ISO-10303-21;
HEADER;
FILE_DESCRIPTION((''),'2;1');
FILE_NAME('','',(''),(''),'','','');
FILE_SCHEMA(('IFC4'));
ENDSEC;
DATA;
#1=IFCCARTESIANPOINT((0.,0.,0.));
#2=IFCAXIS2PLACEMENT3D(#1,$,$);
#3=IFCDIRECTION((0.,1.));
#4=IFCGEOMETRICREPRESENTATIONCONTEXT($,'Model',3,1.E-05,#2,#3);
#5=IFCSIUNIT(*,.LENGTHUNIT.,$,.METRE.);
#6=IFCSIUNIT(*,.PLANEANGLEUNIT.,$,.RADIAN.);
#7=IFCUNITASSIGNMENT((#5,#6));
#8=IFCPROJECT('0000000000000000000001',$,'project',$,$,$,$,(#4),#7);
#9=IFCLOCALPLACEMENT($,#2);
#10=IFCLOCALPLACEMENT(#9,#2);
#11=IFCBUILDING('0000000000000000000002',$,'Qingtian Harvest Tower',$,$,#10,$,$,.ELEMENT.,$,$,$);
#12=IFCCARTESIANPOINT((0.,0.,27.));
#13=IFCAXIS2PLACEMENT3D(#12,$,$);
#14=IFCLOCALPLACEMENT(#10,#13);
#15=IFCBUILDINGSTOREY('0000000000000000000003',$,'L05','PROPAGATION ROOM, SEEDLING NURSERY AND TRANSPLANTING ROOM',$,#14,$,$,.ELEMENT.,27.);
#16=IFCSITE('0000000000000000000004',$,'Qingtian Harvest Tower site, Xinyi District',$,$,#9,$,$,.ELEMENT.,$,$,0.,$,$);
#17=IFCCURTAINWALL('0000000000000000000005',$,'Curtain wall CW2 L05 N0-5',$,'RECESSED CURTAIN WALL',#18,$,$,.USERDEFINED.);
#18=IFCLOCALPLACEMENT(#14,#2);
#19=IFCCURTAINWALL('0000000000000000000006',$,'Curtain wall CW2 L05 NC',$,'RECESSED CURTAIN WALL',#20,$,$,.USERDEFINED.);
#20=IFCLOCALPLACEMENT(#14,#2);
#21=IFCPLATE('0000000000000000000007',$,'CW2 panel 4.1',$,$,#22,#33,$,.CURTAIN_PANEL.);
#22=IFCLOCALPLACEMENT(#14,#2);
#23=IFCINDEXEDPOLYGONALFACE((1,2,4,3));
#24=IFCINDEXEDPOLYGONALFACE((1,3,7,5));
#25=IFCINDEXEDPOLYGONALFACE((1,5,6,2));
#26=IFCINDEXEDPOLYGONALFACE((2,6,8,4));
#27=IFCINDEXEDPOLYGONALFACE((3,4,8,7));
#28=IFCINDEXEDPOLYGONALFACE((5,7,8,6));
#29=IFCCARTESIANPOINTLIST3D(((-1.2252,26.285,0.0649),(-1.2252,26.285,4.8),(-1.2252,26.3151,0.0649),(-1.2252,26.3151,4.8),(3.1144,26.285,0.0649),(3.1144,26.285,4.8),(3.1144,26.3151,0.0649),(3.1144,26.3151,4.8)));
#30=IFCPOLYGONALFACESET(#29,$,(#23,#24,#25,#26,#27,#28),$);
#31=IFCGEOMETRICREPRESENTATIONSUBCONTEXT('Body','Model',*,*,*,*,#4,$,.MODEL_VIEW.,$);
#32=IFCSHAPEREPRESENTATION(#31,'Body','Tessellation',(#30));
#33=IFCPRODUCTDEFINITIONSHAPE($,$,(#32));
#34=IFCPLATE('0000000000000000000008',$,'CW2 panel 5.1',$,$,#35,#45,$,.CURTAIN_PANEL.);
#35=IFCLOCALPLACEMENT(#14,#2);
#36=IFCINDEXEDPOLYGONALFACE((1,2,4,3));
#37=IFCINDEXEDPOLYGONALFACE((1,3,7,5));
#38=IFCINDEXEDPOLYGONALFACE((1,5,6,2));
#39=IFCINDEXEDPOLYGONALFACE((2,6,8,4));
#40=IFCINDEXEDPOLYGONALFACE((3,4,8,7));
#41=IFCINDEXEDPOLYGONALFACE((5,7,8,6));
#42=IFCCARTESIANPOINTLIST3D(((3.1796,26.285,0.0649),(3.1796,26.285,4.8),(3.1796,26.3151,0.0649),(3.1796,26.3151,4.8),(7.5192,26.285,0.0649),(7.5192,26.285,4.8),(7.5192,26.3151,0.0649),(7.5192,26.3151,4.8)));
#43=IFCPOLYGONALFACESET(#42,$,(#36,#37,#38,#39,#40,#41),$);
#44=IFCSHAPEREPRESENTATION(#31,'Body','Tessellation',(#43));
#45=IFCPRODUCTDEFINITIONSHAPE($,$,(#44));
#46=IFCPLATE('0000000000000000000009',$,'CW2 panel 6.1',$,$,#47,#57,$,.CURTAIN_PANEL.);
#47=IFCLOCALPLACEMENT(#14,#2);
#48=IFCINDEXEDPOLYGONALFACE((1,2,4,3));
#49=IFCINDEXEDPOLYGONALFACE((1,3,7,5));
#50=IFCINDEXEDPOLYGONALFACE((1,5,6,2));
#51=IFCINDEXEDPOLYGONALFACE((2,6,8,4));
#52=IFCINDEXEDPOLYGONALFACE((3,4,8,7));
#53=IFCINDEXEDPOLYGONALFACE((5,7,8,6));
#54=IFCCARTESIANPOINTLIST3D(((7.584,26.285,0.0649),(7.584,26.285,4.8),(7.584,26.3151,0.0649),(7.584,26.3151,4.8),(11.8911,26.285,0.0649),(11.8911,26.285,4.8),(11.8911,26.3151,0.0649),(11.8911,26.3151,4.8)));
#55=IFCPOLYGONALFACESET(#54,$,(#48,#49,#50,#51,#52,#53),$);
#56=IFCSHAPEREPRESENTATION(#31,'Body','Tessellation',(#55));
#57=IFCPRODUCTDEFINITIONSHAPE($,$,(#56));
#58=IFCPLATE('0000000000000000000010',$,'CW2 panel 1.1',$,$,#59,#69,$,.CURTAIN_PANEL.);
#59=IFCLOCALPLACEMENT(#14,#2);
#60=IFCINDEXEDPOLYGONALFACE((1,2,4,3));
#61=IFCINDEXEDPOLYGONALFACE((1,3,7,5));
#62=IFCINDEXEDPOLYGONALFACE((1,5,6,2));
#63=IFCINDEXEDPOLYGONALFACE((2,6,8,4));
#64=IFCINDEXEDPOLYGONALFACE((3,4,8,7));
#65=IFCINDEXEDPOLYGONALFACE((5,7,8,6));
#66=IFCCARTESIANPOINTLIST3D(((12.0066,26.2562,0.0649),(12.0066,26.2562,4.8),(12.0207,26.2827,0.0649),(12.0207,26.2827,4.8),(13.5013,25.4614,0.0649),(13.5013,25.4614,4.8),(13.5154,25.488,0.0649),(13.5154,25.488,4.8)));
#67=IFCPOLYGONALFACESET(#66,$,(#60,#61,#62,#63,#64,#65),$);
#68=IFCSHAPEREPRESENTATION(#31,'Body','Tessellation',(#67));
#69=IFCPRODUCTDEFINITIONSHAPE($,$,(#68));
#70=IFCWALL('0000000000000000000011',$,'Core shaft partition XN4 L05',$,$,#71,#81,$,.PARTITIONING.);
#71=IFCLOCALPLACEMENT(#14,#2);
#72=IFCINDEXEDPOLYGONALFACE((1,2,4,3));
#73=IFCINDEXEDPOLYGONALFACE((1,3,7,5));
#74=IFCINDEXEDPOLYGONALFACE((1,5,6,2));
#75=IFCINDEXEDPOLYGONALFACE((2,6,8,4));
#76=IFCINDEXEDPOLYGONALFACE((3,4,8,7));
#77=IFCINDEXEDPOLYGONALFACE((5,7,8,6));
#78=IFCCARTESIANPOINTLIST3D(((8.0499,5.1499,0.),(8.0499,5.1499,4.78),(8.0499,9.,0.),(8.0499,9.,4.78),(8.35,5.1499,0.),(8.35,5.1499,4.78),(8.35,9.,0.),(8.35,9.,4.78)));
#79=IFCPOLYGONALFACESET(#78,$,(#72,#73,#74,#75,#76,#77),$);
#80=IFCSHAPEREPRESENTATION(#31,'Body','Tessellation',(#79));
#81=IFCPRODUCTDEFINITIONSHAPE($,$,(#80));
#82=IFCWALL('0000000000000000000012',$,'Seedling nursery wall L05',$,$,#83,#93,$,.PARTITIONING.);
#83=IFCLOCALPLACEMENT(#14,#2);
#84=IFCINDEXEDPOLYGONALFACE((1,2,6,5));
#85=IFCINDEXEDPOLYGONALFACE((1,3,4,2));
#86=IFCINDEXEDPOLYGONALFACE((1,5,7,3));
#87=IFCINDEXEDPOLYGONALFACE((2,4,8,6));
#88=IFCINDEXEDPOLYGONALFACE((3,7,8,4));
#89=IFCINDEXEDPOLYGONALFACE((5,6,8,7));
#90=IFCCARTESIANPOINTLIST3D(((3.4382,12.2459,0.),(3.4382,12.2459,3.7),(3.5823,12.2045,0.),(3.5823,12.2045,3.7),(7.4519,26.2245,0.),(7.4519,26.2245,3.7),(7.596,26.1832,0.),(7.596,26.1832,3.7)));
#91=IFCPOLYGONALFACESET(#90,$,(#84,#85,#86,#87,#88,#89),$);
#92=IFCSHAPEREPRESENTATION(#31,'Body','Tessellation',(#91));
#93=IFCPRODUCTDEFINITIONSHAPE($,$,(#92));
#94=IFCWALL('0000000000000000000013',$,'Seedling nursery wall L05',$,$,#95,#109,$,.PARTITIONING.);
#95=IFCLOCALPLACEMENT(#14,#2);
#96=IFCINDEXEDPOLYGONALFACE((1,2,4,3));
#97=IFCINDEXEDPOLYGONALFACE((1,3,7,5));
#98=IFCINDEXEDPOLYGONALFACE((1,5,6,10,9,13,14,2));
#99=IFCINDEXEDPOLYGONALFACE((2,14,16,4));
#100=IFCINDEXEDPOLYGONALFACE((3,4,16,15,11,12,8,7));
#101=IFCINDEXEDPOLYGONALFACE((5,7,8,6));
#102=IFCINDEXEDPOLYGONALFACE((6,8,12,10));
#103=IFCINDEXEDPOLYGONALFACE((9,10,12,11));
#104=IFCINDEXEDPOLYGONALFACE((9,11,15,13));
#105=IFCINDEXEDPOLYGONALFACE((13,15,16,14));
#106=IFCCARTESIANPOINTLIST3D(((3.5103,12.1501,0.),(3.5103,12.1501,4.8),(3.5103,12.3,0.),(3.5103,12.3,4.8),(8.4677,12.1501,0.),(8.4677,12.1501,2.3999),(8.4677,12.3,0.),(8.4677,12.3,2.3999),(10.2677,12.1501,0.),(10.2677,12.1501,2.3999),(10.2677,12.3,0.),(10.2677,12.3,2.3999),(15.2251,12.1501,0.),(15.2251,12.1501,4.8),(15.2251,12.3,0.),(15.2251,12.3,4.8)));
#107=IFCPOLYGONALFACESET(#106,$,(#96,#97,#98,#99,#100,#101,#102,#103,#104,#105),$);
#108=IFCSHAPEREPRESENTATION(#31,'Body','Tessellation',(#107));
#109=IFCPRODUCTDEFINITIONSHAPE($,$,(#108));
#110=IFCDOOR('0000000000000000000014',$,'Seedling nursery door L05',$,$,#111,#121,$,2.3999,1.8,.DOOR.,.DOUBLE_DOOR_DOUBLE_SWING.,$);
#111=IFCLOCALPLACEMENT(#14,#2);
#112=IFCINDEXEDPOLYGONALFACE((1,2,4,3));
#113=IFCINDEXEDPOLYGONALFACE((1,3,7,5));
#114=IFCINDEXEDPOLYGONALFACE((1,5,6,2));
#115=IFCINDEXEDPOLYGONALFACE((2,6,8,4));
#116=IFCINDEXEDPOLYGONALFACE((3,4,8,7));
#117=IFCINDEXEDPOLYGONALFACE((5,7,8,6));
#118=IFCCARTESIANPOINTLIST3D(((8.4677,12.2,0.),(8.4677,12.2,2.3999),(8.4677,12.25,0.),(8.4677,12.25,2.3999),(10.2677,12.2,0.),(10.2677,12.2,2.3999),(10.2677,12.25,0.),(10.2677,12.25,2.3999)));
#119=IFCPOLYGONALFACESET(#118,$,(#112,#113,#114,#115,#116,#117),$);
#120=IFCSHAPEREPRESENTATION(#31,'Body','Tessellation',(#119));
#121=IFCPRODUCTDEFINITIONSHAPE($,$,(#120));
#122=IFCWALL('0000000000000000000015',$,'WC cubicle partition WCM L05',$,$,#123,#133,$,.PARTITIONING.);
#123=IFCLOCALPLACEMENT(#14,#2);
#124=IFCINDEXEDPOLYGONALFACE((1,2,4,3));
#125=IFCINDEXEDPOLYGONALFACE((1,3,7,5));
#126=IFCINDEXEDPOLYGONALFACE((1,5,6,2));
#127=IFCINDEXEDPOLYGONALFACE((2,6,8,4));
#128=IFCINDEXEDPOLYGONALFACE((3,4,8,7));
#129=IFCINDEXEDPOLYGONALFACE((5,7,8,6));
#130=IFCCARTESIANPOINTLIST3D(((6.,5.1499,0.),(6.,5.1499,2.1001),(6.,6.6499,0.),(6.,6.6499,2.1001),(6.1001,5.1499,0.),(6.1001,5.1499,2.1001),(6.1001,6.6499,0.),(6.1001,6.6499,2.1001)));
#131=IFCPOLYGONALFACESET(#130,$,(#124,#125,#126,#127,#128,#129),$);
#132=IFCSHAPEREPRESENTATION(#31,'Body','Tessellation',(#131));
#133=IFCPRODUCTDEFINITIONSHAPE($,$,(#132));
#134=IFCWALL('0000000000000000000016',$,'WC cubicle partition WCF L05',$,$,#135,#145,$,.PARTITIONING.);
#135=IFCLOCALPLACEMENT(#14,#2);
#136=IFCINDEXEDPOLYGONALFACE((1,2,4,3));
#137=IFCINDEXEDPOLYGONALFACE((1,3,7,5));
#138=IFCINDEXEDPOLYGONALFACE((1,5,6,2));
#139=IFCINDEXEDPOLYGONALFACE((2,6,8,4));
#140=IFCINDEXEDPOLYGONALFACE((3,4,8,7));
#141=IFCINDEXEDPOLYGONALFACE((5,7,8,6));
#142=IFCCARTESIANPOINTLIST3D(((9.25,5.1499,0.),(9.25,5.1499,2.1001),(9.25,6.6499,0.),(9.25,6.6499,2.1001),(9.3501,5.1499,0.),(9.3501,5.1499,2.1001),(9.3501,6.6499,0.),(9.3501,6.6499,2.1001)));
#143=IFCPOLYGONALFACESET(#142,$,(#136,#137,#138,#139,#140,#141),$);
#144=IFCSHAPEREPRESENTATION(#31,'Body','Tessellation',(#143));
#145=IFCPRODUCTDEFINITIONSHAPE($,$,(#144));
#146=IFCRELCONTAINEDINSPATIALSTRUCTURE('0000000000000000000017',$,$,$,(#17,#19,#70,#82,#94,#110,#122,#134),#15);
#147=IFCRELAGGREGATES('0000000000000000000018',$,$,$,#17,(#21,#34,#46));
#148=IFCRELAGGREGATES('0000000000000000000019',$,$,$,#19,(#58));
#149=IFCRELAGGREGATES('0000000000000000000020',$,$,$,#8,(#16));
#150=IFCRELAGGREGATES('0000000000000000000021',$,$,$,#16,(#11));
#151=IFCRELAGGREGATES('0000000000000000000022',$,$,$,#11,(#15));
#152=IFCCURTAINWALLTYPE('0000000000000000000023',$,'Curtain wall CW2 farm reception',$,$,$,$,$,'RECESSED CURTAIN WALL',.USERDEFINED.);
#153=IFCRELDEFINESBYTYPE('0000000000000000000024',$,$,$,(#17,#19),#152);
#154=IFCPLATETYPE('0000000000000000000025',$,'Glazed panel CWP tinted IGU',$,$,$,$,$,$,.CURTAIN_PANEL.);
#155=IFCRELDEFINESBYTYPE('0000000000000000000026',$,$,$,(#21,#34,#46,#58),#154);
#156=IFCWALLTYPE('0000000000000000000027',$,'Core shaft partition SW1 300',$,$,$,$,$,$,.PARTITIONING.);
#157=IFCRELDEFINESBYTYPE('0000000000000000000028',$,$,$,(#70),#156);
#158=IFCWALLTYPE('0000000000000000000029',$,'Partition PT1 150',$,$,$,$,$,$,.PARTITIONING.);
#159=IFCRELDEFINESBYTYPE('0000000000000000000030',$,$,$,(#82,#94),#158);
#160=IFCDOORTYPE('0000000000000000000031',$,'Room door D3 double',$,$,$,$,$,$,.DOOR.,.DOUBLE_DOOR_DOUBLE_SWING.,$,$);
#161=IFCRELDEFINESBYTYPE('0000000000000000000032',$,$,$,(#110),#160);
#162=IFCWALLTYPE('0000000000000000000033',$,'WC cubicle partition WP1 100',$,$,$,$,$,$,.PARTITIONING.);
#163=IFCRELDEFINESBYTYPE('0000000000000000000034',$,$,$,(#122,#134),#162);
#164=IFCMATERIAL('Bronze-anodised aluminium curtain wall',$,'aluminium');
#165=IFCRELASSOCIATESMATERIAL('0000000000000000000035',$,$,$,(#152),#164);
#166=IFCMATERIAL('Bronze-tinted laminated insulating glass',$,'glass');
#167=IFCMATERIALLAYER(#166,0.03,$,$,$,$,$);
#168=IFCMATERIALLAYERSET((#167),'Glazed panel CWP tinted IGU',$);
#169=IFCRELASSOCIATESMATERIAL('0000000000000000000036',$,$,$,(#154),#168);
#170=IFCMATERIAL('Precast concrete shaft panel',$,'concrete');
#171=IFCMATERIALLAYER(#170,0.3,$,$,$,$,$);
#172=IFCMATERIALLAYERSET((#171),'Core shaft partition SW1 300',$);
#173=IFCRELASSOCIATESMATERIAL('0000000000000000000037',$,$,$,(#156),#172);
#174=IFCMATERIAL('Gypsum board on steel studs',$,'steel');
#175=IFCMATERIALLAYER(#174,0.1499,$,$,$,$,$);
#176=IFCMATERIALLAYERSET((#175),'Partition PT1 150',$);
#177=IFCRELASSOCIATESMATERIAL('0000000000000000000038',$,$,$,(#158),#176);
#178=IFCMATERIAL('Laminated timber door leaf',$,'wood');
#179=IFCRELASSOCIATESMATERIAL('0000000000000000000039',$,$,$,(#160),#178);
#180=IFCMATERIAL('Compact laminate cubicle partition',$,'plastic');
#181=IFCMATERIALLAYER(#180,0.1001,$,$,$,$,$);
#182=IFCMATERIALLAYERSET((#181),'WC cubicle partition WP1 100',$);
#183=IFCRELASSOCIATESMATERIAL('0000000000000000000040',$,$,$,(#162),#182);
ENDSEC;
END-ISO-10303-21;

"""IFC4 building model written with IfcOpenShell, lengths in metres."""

from ifc_helpers import new_model, si_unit, direction, frame, frame_2d, origin, origin_2d, place, context, subcontext, project, spatial, rectangle, extrude, material, layer, layer_set, type_object, element, fill, aggregate, save


model = new_model("IFC4")

# Units and contexts
model_context = context("Model", 3, precision=1e-05, world=origin(), true_north=direction((0.0, 1.0)))
body_context = subcontext(model_context, "Body", "Model", "MODEL_VIEW")
ifc_project = project(units=[si_unit("LENGTHUNIT", "METRE"), si_unit("PLANEANGLEUNIT", "RADIAN")], contexts=[model_context])

# Site, building, storey
site_placement = place(None, origin())
site = spatial("IfcSite", under=ifc_project, at=site_placement, Name="Qingtian Harvest Tower site, Xinyi District", CompositionType="ELEMENT", RefElevation=0.0)
building_placement = place(site_placement, origin())
building = spatial("IfcBuilding", under=site, at=building_placement, Name="Qingtian Harvest Tower", CompositionType="ELEMENT")
storey_placement = place(building_placement, frame((0.0, 0.0, 27.0)))
storey = spatial("IfcBuildingStorey", under=building, at=storey_placement, Name="L05", Description="PROPAGATION ROOM, SEEDLING NURSERY AND TRANSPLANTING ROOM", CompositionType="ELEMENT", Elevation=27.0)

# Curtain walls
ifc_material_1 = material(Name="Bronze-anodised aluminium curtain wall", Category="aluminium")
curtain_wall_type = type_object("IfcCurtainWallType", Name="Curtain wall CW2 farm reception", ElementType="RECESSED CURTAIN WALL", PredefinedType="USERDEFINED", material=ifc_material_1)
curtain_wall_1_placement = place(storey_placement, origin())
curtain_wall_1 = element("IfcCurtainWall", 1, at=curtain_wall_1_placement, inside=storey, type_object=curtain_wall_type, Name="Curtain wall CW2 L05 N0-5", ObjectType="RECESSED CURTAIN WALL", PredefinedType="USERDEFINED")
curtain_wall_2_placement = place(storey_placement, origin())
curtain_wall_2 = element("IfcCurtainWall", 2, at=curtain_wall_2_placement, inside=storey, type_object=curtain_wall_type, Name="Curtain wall CW2 L05 NC", ObjectType="RECESSED CURTAIN WALL", PredefinedType="USERDEFINED")

# Plates
ifc_material_2 = material(Name="Bronze-tinted laminated insulating glass", Category="glass")
ifc_layer_1 = layer(ifc_material_2, 0.03)
ifc_layer_set_1 = layer_set([ifc_layer_1], Name="Glazed panel CWP tinted IGU")
plate_type = type_object("IfcPlateType", Name="Glazed panel CWP tinted IGU", PredefinedType="CURTAIN_PANEL", material=ifc_layer_set_1)
plate_1_placement = place(storey_placement, frame((0.9446, 26.3, 0.0649), z_axis=(0.0, 0.0, 1.0), x_axis=(1.0, 0.0, 0.0)))
plate_1 = element("IfcPlate", 3, at=plate_1_placement, type_object=plate_type, Name="CW2 panel 4.1", PredefinedType="CURTAIN_PANEL", context=body_context, shape_type="SweptSolid", body=[
    extrude(rectangle(XDim=4.3396, YDim=0.03, at=origin_2d()), origin(), (0.0, 0.0, 1.0), 4.7351),
])
plate_2_placement = place(storey_placement, frame((5.3494, 26.3, 0.0649), z_axis=(0.0, 0.0, 1.0), x_axis=(1.0, 0.0, 0.0)))
plate_2 = element("IfcPlate", 4, at=plate_2_placement, type_object=plate_type, Name="CW2 panel 5.1", PredefinedType="CURTAIN_PANEL", context=body_context, shape_type="SweptSolid", body=[
    extrude(rectangle(XDim=4.3396, YDim=0.03, at=origin_2d()), origin(), (0.0, 0.0, 1.0), 4.7351),
])
plate_3_placement = place(storey_placement, frame((9.7375, 26.3, 0.0649), z_axis=(0.0, 0.0, 1.0), x_axis=(1.0, 0.0, 0.0)))
plate_3 = element("IfcPlate", 5, at=plate_3_placement, type_object=plate_type, Name="CW2 panel 6.1", PredefinedType="CURTAIN_PANEL", context=body_context, shape_type="SweptSolid", body=[
    extrude(rectangle(XDim=4.3071, YDim=0.03, at=origin_2d()), origin(), (0.0, 0.0, 1.0), 4.7351),
])
aggregate(curtain_wall_1, [plate_1, plate_2, plate_3])
plate_4_placement = place(storey_placement, frame((12.761, 25.8721, 0.0649), z_axis=(0.0, 0.0, 1.0), x_axis=(0.882948, -0.469472, 0.0)))
plate_4 = element("IfcPlate", 6, at=plate_4_placement, type_object=plate_type, Name="CW2 panel 1.1", PredefinedType="CURTAIN_PANEL", context=body_context, shape_type="SweptSolid", body=[
    extrude(rectangle(XDim=1.6929, YDim=0.03, at=origin_2d()), origin(), (0.0, 0.0, 1.0), 4.7351),
])
aggregate(curtain_wall_2, [plate_4])

# Walls
ifc_material_3 = material(Name="Precast concrete shaft panel", Category="concrete")
ifc_layer_2 = layer(ifc_material_3, 0.3)
ifc_layer_set_2 = layer_set([ifc_layer_2], Name="Core shaft partition SW1 300")
wall_type_1 = type_object("IfcWallType", Name="Core shaft partition SW1 300", PredefinedType="PARTITIONING", material=ifc_layer_set_2)
wall_1_placement = place(storey_placement, frame((8.2, 5.1499, 0.0), z_axis=(0.0, 0.0, 1.0), x_axis=(0.0, 1.0, 0.0)))
element("IfcWall", 7, at=wall_1_placement, inside=storey, type_object=wall_type_1, Name="Core shaft partition XN4 L05", PredefinedType="PARTITIONING", context=body_context, shape_type="SweptSolid", body=[
    extrude(rectangle(XDim=3.8501, YDim=0.3, at=frame_2d((1.925, 0.0))), origin(), (0.0, 0.0, 1.0), 4.78),
])
ifc_material_4 = material(Name="Gypsum board on steel studs", Category="steel")
ifc_layer_3 = layer(ifc_material_4, 0.1499)
ifc_layer_set_3 = layer_set([ifc_layer_3], Name="Partition PT1 150")
wall_type_2 = type_object("IfcWallType", Name="Partition PT1 150", PredefinedType="PARTITIONING", material=ifc_layer_set_3)
wall_2_placement = place(storey_placement, frame((7.5239, 26.2039, 0.0), z_axis=(0.0, 0.0, 1.0), x_axis=(-0.275976, -0.961165, 0.0)))
element("IfcWall", 8, at=wall_2_placement, inside=storey, type_object=wall_type_2, Name="Seedling nursery wall L05", PredefinedType="PARTITIONING", context=body_context, shape_type="SweptSolid", body=[
    extrude(rectangle(XDim=14.5435, YDim=0.1499, at=frame_2d((7.2717, 0.0))), origin(), (0.0, 0.0, 1.0), 3.7),
])

# Wall, opening, door
wall_3_placement = place(storey_placement, frame((3.5103, 12.2251, 0.0), z_axis=(0.0, 0.0, 1.0), x_axis=(1.0, 0.0, 0.0)))
wall_3 = element("IfcWall", 9, at=wall_3_placement, inside=storey, type_object=wall_type_2, Name="Seedling nursery wall L05", PredefinedType="PARTITIONING", context=body_context, shape_type="SweptSolid", body=[
    extrude(rectangle(XDim=11.7148, YDim=0.1499, at=frame_2d((5.8574, 0.0))), origin(), (0.0, 0.0, 1.0), 4.8),
])
opening_placement = place(wall_3_placement, frame((4.9575, 0.0, 0.0)))
opening = element("IfcOpeningElement", 10, at=opening_placement, cuts=wall_3, PredefinedType="OPENING", context=body_context, shape_type="SweptSolid", body=[
    extrude(rectangle(XDim=1.8, YDim=2.3999, at=frame_2d((0.8999, 1.2))), frame((0.0, 0.085, 0.0), z_axis=(0.0, -1.0, 0.0), x_axis=(1.0, 0.0, 0.0)), (0.0, 0.0, 1.0), 0.1699),
])
ifc_material_5 = material(Name="Laminated timber door leaf", Category="wood")
door_type = type_object("IfcDoorType", Name="Room door D3 double", OperationType="DOUBLE_DOOR_DOUBLE_SWING", PredefinedType="DOOR", material=ifc_material_5)
door_placement = place(opening_placement, origin())
door = element("IfcDoor", 11, at=door_placement, inside=storey, type_object=door_type, Name="Seedling nursery door L05", OperationType="DOUBLE_DOOR_DOUBLE_SWING", OverallHeight=2.3999, OverallWidth=1.8, PredefinedType="DOOR", context=body_context, shape_type="SweptSolid", body=[
    extrude(rectangle(XDim=1.8, YDim=2.3999, at=frame_2d((0.8999, 1.2))), frame((0.0, 0.0249, 0.0), z_axis=(0.0, -1.0, 0.0), x_axis=(1.0, 0.0, 0.0)), (0.0, 0.0, 1.0), 0.05),
])
fill(opening, door)

# Walls
ifc_material_6 = material(Name="Compact laminate cubicle partition", Category="plastic")
ifc_layer_4 = layer(ifc_material_6, 0.1001)
ifc_layer_set_4 = layer_set([ifc_layer_4], Name="WC cubicle partition WP1 100")
wall_type_3 = type_object("IfcWallType", Name="WC cubicle partition WP1 100", PredefinedType="PARTITIONING", material=ifc_layer_set_4)
for number, where, z_axis, x_axis, name in (
    (12, (6.05, 5.1499, 0.0), (0.0, 0.0, 1.0), (0.0, 1.0, 0.0), "WC cubicle partition WCM L05"),
    (13, (9.3, 5.1499, 0.0), (0.0, 0.0, 1.0), (0.0, 1.0, 0.0), "WC cubicle partition WCF L05"),
):
    element("IfcWall", number, at=place(storey_placement, frame(where, z_axis=z_axis, x_axis=x_axis)), inside=storey, type_object=wall_type_3, Name=name, PredefinedType="PARTITIONING", context=body_context, shape_type="SweptSolid", body=[
        extrude(rectangle(XDim=1.5, YDim=0.1001, at=frame_2d((0.75, 0.0))), origin(), (0.0, 0.0, 1.0), 2.1001),
    ])

save(model, "model.ifc")
